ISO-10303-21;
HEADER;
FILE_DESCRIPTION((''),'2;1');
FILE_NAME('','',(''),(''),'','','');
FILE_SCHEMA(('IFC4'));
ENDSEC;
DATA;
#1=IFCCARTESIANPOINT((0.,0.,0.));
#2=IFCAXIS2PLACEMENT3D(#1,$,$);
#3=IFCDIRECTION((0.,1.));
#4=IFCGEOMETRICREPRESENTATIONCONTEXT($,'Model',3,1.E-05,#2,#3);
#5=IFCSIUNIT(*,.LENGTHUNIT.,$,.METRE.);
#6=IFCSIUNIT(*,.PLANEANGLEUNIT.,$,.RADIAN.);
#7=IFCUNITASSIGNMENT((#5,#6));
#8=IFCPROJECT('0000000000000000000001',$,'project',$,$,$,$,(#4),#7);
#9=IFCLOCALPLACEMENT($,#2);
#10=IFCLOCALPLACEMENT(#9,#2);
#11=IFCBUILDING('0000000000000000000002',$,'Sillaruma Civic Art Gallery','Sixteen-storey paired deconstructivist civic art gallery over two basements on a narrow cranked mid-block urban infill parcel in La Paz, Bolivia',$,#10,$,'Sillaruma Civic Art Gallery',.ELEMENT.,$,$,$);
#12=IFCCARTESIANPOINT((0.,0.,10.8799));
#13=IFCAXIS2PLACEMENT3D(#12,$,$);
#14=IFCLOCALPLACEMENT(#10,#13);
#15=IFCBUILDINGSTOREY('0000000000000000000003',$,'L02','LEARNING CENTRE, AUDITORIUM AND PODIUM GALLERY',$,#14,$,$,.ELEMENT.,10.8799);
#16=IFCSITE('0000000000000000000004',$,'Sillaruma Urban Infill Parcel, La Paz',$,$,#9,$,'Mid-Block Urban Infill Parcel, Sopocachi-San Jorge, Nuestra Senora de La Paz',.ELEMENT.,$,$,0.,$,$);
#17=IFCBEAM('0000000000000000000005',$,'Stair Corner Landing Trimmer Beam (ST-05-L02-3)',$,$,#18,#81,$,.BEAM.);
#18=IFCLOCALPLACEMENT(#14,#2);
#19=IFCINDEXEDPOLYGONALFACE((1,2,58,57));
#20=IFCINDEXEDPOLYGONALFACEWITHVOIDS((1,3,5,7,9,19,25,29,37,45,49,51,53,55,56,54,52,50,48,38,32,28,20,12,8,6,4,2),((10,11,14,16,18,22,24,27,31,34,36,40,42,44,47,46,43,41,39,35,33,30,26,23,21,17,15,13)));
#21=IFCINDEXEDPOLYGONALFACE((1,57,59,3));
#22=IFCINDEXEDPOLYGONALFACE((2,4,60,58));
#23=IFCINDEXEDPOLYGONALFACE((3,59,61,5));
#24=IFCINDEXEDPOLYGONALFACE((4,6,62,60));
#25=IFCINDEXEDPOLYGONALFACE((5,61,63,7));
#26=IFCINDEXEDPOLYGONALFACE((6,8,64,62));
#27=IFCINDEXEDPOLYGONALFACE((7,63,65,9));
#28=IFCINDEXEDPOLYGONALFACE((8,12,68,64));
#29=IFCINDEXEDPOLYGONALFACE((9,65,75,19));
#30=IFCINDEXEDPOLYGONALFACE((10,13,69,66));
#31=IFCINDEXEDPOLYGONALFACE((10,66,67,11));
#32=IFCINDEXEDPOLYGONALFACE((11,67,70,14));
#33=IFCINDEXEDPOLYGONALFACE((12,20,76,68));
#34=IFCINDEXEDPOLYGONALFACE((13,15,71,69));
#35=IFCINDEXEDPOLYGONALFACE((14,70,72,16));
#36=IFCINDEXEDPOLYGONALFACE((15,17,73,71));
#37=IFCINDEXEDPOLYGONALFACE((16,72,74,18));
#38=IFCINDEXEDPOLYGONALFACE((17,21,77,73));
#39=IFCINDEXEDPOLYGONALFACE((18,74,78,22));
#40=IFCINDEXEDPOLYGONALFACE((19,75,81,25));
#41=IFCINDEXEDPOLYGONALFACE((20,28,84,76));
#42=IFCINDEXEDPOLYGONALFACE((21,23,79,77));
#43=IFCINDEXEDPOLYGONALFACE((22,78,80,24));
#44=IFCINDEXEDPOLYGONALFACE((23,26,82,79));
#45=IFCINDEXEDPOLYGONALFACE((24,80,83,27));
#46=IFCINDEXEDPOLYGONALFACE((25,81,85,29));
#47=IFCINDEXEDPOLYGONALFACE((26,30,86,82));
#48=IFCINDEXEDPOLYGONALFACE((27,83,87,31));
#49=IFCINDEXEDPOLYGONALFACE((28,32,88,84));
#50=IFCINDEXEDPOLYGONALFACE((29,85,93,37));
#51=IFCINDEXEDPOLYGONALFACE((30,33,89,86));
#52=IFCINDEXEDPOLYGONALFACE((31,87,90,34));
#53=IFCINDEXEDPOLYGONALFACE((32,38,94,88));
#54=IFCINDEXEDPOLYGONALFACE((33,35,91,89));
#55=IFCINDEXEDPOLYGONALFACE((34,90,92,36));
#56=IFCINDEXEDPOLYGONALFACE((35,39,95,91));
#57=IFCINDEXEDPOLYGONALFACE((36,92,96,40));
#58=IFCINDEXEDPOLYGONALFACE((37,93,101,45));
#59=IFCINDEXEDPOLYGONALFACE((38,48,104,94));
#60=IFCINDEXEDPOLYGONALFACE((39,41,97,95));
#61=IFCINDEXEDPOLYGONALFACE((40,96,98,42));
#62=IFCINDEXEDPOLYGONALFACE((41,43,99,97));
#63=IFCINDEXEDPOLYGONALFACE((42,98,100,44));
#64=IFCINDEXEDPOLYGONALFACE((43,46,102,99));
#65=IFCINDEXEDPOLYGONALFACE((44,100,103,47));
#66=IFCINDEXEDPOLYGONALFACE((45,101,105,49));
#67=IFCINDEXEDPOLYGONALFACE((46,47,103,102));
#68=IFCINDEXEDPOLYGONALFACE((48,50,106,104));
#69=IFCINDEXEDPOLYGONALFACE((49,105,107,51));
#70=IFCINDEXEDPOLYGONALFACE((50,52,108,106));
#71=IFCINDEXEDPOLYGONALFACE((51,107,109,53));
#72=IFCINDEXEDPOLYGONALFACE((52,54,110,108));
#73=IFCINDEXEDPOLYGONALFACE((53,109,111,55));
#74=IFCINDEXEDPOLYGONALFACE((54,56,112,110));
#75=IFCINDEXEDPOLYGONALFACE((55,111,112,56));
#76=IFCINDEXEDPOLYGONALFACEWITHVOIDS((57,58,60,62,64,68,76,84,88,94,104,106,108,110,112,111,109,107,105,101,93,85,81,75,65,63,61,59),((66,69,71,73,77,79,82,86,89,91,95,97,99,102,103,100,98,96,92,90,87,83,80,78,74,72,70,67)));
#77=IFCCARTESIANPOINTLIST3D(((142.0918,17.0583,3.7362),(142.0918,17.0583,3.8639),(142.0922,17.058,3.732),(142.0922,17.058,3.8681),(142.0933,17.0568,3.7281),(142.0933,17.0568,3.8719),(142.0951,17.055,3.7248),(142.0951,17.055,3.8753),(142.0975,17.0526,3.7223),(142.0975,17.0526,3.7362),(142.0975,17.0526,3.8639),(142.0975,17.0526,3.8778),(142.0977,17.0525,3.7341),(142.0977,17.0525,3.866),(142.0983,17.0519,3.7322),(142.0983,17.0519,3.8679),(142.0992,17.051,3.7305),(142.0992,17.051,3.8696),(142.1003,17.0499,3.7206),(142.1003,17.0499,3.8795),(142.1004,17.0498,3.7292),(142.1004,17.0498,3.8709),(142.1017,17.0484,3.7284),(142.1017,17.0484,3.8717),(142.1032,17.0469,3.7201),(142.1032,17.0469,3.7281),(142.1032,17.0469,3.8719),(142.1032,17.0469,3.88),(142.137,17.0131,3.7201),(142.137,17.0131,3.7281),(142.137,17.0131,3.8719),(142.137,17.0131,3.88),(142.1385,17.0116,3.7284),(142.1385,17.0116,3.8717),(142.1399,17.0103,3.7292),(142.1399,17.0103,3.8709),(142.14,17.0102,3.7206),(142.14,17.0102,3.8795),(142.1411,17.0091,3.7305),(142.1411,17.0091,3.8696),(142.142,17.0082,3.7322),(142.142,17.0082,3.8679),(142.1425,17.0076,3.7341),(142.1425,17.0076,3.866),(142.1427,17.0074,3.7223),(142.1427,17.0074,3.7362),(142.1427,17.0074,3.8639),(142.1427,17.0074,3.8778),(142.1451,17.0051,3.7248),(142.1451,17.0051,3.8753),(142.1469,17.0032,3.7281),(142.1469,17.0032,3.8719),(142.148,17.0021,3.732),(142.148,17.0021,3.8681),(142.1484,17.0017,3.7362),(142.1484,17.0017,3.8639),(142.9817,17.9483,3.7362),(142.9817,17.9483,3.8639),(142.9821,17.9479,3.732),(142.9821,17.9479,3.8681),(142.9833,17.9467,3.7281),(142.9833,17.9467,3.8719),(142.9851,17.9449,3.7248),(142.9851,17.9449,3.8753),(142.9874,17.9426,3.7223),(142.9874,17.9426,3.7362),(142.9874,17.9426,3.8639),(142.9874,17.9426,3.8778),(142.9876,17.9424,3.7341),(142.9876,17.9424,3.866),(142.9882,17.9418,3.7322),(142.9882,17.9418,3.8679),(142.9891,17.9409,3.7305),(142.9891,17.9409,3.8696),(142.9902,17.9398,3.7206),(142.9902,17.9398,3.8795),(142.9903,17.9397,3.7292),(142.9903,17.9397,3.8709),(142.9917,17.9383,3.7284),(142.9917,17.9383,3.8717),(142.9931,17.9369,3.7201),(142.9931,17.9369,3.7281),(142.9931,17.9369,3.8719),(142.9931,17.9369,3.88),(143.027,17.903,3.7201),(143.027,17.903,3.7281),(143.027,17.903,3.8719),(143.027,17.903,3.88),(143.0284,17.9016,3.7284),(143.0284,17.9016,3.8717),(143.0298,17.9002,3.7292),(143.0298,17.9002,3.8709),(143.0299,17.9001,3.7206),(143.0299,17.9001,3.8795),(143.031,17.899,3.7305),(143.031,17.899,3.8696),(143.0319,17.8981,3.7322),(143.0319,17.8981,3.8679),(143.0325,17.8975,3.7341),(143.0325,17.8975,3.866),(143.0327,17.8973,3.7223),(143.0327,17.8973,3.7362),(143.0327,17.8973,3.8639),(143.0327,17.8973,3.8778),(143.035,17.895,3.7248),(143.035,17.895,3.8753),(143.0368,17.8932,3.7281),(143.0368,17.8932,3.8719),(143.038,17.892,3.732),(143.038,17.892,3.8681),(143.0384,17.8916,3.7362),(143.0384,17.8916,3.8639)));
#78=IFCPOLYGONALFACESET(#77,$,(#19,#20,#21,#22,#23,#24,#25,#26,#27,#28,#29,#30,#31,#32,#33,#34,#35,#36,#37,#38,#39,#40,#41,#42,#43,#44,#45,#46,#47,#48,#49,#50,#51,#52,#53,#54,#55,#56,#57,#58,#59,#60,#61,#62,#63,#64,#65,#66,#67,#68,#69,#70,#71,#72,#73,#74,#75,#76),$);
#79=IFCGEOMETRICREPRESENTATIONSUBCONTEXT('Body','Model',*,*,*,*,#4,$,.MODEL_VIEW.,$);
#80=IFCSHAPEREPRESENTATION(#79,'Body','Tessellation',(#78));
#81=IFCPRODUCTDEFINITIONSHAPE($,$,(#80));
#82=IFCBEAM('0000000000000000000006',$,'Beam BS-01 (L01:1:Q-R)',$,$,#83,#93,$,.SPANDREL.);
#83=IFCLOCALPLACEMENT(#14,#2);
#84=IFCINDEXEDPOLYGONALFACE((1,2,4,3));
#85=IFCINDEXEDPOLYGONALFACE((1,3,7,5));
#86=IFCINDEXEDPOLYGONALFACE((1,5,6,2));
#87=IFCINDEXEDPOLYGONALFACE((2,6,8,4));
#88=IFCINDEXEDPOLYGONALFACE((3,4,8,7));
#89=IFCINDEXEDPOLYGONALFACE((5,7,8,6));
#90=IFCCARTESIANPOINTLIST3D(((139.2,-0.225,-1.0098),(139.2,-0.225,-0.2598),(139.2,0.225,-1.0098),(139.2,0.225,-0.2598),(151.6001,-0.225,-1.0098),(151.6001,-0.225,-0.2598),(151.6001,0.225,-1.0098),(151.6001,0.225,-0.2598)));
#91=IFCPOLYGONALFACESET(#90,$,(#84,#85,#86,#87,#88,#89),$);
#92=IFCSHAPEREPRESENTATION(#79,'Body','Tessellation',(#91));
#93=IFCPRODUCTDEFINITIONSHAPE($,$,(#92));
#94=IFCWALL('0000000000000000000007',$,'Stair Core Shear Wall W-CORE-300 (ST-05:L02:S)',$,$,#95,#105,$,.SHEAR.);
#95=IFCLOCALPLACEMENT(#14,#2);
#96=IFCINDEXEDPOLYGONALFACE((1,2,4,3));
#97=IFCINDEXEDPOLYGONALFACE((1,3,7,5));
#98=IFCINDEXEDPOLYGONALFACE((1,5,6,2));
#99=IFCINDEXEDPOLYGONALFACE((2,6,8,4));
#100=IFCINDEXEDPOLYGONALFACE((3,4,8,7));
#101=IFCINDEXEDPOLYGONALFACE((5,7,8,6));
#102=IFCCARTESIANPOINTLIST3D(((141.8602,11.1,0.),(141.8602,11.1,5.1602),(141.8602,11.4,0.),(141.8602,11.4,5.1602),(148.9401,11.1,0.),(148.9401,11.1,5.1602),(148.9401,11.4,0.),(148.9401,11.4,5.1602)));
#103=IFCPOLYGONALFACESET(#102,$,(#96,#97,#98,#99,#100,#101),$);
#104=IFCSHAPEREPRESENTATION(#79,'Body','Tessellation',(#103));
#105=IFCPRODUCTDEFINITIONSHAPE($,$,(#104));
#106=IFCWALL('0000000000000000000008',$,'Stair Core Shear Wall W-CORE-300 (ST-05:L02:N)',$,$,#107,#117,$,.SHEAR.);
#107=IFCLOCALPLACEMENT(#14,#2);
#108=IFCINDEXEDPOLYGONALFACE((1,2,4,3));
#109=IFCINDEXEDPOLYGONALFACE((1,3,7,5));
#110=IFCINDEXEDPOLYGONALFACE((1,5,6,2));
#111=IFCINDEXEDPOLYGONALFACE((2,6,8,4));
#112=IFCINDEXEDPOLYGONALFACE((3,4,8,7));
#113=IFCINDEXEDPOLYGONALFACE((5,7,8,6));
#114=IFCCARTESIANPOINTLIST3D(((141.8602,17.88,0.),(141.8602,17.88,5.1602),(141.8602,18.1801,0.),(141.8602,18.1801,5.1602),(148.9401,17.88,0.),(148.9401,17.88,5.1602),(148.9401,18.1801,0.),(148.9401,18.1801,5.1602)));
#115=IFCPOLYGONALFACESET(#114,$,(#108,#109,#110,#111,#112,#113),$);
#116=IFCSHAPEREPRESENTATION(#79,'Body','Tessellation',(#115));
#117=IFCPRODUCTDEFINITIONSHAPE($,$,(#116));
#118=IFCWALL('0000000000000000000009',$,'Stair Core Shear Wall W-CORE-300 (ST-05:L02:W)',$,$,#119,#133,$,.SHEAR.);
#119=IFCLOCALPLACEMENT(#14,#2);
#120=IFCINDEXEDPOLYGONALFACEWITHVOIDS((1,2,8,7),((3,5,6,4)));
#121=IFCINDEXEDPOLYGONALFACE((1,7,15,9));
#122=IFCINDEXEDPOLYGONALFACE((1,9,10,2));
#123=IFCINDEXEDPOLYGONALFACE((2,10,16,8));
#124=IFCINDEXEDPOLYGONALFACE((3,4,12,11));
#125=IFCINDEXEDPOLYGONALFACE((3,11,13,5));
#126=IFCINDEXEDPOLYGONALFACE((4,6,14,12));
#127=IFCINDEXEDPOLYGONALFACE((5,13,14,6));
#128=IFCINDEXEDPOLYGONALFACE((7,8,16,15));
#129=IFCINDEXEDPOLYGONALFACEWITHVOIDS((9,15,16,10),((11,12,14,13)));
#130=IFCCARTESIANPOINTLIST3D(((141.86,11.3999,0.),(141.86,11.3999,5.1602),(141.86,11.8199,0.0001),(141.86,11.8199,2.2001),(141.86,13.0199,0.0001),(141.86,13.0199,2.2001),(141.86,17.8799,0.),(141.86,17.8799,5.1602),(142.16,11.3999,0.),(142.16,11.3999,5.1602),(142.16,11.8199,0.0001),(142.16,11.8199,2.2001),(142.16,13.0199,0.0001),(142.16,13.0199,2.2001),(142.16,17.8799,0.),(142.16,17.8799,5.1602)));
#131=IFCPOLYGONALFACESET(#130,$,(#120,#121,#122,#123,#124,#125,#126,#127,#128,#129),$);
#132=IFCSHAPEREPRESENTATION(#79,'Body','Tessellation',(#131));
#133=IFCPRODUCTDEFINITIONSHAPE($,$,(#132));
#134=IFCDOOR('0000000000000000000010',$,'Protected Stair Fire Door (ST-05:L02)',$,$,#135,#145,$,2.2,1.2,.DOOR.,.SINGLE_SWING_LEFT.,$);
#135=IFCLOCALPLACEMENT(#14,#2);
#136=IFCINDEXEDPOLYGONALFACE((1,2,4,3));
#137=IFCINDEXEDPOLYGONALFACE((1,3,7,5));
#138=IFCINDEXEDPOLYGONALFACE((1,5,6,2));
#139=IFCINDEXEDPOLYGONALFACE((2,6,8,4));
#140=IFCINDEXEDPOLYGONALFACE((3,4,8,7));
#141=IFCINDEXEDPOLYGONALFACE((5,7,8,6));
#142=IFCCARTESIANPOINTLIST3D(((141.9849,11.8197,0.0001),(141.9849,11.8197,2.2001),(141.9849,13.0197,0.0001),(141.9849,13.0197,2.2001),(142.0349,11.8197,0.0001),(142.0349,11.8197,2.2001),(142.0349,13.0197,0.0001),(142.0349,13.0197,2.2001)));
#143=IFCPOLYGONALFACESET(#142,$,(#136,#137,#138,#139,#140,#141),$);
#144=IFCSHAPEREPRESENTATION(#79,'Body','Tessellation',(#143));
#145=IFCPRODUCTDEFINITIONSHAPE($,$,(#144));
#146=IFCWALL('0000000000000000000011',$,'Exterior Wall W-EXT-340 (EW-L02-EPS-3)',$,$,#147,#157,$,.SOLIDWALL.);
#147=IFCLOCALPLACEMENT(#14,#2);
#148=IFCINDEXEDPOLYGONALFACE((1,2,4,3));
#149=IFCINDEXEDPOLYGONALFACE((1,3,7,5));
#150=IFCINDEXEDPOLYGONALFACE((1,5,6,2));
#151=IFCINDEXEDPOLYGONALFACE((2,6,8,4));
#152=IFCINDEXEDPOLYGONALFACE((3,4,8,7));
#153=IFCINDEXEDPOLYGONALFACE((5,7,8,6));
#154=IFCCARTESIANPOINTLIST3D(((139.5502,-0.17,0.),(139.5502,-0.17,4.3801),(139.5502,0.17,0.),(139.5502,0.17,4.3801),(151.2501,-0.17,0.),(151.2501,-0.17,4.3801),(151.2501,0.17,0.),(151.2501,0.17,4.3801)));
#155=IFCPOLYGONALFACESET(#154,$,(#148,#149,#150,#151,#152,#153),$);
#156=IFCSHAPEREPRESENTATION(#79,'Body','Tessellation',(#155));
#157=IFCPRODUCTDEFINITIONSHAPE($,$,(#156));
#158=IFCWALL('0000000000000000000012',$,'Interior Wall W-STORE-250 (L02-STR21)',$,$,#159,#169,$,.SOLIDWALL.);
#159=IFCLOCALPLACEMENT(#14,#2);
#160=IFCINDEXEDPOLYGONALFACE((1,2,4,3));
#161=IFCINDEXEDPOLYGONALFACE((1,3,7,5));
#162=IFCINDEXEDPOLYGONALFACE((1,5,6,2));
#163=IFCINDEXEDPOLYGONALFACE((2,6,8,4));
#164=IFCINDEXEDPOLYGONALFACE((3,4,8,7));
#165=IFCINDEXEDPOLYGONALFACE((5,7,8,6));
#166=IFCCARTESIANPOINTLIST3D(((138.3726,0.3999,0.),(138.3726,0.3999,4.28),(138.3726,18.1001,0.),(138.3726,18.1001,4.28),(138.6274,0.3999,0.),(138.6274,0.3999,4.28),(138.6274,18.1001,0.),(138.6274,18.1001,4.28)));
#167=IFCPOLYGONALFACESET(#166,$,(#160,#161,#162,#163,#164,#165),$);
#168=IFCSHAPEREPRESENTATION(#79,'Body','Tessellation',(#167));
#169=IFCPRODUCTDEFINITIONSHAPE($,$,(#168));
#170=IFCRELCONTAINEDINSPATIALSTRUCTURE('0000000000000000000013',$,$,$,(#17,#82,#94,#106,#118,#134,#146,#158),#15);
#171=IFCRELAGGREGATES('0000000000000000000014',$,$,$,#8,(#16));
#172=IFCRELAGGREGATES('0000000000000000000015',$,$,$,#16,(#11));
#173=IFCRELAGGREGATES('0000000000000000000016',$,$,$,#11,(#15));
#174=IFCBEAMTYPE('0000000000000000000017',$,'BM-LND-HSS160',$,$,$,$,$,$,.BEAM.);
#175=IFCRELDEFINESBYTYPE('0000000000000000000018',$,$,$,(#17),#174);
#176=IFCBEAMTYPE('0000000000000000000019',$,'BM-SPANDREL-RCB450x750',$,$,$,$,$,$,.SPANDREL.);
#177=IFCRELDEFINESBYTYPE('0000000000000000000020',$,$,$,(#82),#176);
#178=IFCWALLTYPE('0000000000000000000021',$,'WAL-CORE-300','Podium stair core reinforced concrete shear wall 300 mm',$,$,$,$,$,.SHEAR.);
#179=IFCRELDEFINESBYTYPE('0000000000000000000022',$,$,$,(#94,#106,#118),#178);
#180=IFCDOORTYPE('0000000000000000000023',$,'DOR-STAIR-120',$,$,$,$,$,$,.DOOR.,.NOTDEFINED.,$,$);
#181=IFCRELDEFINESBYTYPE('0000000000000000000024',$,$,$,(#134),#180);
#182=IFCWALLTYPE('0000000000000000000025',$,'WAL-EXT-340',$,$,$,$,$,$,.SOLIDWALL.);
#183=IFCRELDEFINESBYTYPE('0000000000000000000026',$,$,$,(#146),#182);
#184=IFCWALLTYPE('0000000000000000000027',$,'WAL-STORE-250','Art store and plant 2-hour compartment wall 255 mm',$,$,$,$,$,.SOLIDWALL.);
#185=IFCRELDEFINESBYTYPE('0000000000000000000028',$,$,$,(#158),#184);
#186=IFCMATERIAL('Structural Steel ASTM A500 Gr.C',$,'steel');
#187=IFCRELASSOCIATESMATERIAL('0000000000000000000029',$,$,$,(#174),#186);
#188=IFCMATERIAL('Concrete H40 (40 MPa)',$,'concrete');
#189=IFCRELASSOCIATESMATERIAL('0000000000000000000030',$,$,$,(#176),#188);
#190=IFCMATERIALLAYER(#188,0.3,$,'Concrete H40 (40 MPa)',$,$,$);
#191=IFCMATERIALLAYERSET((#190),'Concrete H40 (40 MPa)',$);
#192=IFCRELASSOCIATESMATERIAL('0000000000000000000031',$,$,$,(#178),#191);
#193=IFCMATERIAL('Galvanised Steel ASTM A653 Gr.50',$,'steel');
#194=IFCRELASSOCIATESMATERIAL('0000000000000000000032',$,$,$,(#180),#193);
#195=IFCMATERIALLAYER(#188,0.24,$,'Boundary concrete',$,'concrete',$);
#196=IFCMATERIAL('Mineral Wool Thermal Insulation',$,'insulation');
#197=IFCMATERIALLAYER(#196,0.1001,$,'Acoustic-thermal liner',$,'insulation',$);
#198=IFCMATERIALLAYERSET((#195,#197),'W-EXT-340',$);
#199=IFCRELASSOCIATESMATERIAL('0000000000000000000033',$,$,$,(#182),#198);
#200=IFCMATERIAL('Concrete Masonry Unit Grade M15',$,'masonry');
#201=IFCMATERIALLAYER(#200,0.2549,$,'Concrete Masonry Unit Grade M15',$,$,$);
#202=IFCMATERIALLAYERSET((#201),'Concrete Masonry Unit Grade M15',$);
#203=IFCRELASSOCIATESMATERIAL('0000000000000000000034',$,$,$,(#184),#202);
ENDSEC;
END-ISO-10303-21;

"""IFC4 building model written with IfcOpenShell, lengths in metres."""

from ifc_helpers import new_model, si_unit, direction, frame, frame_2d, origin, origin_2d, place, context, subcontext, project, spatial, rectangle, hollow_rectangle, extrude, material, layer, layer_set, material_profile, profile_set, type_object, element, fill, save


model = new_model("IFC4")

# Units and contexts
model_context = context("Model", 3, precision=1e-05, world=origin(), true_north=direction((0.0, 1.0)))
body_context = subcontext(model_context, "Body", "Model", "MODEL_VIEW")
ifc_project = project(units=[si_unit("LENGTHUNIT", "METRE"), si_unit("PLANEANGLEUNIT", "RADIAN")], contexts=[model_context])

# Site, building, storey
site_placement = place(None, origin())
site = spatial("IfcSite", under=ifc_project, at=site_placement, Name="Sillaruma Urban Infill Parcel, La Paz", LongName="Mid-Block Urban Infill Parcel, Sopocachi-San Jorge, Nuestra Senora de La Paz", CompositionType="ELEMENT", RefElevation=0.0)
building_placement = place(site_placement, origin())
building = spatial("IfcBuilding", under=site, at=building_placement, Name="Sillaruma Civic Art Gallery", Description="Sixteen-storey paired deconstructivist civic art gallery over two basements on a narrow cranked mid-block urban infill parcel in La Paz, Bolivia", LongName="Sillaruma Civic Art Gallery", CompositionType="ELEMENT")
storey_placement = place(building_placement, frame((0.0, 0.0, 10.8799)))
storey = spatial("IfcBuildingStorey", under=building, at=storey_placement, Name="L02", Description="LEARNING CENTRE, AUDITORIUM AND PODIUM GALLERY", CompositionType="ELEMENT", Elevation=10.8799)

# Shared definitions
ifc_material_1 = material(Name="Concrete H40 (40 MPa)", Category="concrete")

# Beams
ifc_material_2 = material(Name="Structural Steel ASTM A500 Gr.C", Category="steel")
ifc_material_profile_1 = material_profile(ifc_material_2, hollow_rectangle(XDim=0.0801, YDim=0.1599, WallThickness=0.0081, InnerFilletRadius=0.0081, OuterFilletRadius=0.0161, at=origin_2d()), Name="HSS160x80x8")
ifc_profile_set_1 = profile_set([ifc_material_profile_1], Name="Structural Steel ASTM A500 Gr.C")
beam_type_1 = type_object("IfcBeamType", Name="BM-LND-HSS160", PredefinedType="BEAM", material=ifc_profile_set_1)
beam_1_placement = place(storey_placement, frame((142.1201, 17.03, 3.8), z_axis=(0.707107, 0.707107, 0.0), x_axis=(-0.707107, 0.707107, 0.0)))
element("IfcBeam", 1, at=beam_1_placement, inside=storey, type_object=beam_type_1, Name="Stair Corner Landing Trimmer Beam (ST-05-L02-3)", PredefinedType="BEAM", context=body_context, shape_type="SweptSolid", body=[
    extrude(hollow_rectangle(XDim=0.0801, YDim=0.1599, WallThickness=0.0081, InnerFilletRadius=0.0081, OuterFilletRadius=0.0161, at=origin_2d()), origin(), (0.0, 0.0, 1.0), 1.2585),
])
ifc_material_profile_2 = material_profile(ifc_material_1, rectangle(XDim=0.45, YDim=0.75, at=origin_2d()), Name="RCB450x750")
ifc_profile_set_2 = profile_set([ifc_material_profile_2], Name="Concrete H40 (40 MPa)")
beam_type_2 = type_object("IfcBeamType", Name="BM-SPANDREL-RCB450x750", PredefinedType="SPANDREL", material=ifc_profile_set_2)
beam_2_placement = place(storey_placement, frame((139.2, 0.0, -0.6348), z_axis=(1.0, 0.0, 0.0), x_axis=(0.0, 1.0, 0.0)))
element("IfcBeam", 2, at=beam_2_placement, inside=storey, type_object=beam_type_2, Name="Beam BS-01 (L01:1:Q-R)", PredefinedType="SPANDREL", context=body_context, shape_type="SweptSolid", body=[
    extrude(rectangle(XDim=0.45, YDim=0.75, at=origin_2d()), origin(), (0.0, 0.0, 1.0), 12.4001),
])

# Walls
ifc_layer_1 = layer(ifc_material_1, 0.3, Name="Concrete H40 (40 MPa)")
ifc_layer_set_1 = layer_set([ifc_layer_1], Name="Concrete H40 (40 MPa)")
wall_type_1 = type_object("IfcWallType", Name="WAL-CORE-300", Description="Podium stair core reinforced concrete shear wall 300 mm", PredefinedType="SHEAR", material=ifc_layer_set_1)
for number, where, z_axis, x_axis, name in (
    (3, (141.8601, 11.25, 0.0), (0.0, 0.0, 1.0), (1.0, 0.0, 0.0), "Stair Core Shear Wall W-CORE-300 (ST-05:L02:S)"),
    (4, (141.8601, 18.03, 0.0), (0.0, 0.0, 1.0), (1.0, 0.0, 0.0), "Stair Core Shear Wall W-CORE-300 (ST-05:L02:N)"),
):
    element("IfcWall", number, at=place(storey_placement, frame(where, z_axis=z_axis, x_axis=x_axis)), inside=storey, type_object=wall_type_1, Name=name, PredefinedType="SHEAR", context=body_context, shape_type="SweptSolid", body=[
        extrude(rectangle(XDim=7.0798, YDim=0.3, at=frame_2d((3.54, 0.0))), origin(), (0.0, 0.0, 1.0), 5.1602),
    ])

# Wall, opening, door
wall_1_placement = place(storey_placement, frame((142.01, 11.3999, 0.0), z_axis=(0.0, 0.0, 1.0), x_axis=(0.0, 1.0, 0.0)))
wall_1 = element("IfcWall", 5, at=wall_1_placement, inside=storey, type_object=wall_type_1, Name="Stair Core Shear Wall W-CORE-300 (ST-05:L02:W)", PredefinedType="SHEAR", context=body_context, shape_type="SweptSolid", body=[
    extrude(rectangle(XDim=6.48, YDim=0.3, at=frame_2d((3.24, 0.0))), origin(), (0.0, 0.0, 1.0), 5.1602),
])
opening_placement = place(wall_1_placement, frame((0.4199, 0.0, 0.0)))
opening = element("IfcOpeningElement", 6, at=opening_placement, cuts=wall_1, PredefinedType="OPENING", context=body_context, shape_type="SweptSolid", body=[
    extrude(rectangle(XDim=1.2, YDim=2.2, at=frame_2d((0.6001, 1.1001))), frame((0.0, 0.1599, 0.0), z_axis=(0.0, -1.0, 0.0), x_axis=(1.0, 0.0, 0.0)), (0.0, 0.0, 1.0), 0.3201),
])
ifc_material_3 = material(Name="Galvanised Steel ASTM A653 Gr.50", Category="steel")
door_type = type_object("IfcDoorType", Name="DOR-STAIR-120", OperationType="NOTDEFINED", PredefinedType="DOOR", material=ifc_material_3)
door_placement = place(opening_placement, frame((1.2, 0.0, 0.0), z_axis=(0.0, 0.0, 1.0), x_axis=(-1.0, 0.0, 0.0)))
door = element("IfcDoor", 7, at=door_placement, inside=storey, type_object=door_type, Name="Protected Stair Fire Door (ST-05:L02)", OperationType="SINGLE_SWING_LEFT", OverallHeight=2.2, OverallWidth=1.2, PredefinedType="DOOR", context=body_context, shape_type="SweptSolid", body=[
    extrude(rectangle(XDim=1.2, YDim=2.2, at=frame_2d((0.6001, 1.1001))), frame((0.0, 0.0249, 0.0), z_axis=(0.0, -1.0, 0.0), x_axis=(1.0, 0.0, 0.0)), (0.0, 0.0, 1.0), 0.05),
])
fill(opening, door)

# Walls
ifc_layer_2 = layer(ifc_material_1, 0.24, Name="Boundary concrete", Category="concrete")
ifc_material_4 = material(Name="Mineral Wool Thermal Insulation", Category="insulation")
ifc_layer_3 = layer(ifc_material_4, 0.1001, Name="Acoustic-thermal liner", Category="insulation")
ifc_layer_set_2 = layer_set([ifc_layer_2, ifc_layer_3], Name="W-EXT-340")
wall_type_2 = type_object("IfcWallType", Name="WAL-EXT-340", PredefinedType="SOLIDWALL", material=ifc_layer_set_2)
wall_2_placement = place(storey_placement, frame((139.55, 0.0, 0.0), z_axis=(0.0, 0.0, 1.0), x_axis=(1.0, 0.0, 0.0)))
element("IfcWall", 8, at=wall_2_placement, inside=storey, type_object=wall_type_2, Name="Exterior Wall W-EXT-340 (EW-L02-EPS-3)", PredefinedType="SOLIDWALL", context=body_context, shape_type="SweptSolid", body=[
    extrude(rectangle(XDim=11.7, YDim=0.3401, at=frame_2d((5.8501, 0.0))), origin(), (0.0, 0.0, 1.0), 4.3801),
])
ifc_material_5 = material(Name="Concrete Masonry Unit Grade M15", Category="masonry")
ifc_layer_4 = layer(ifc_material_5, 0.2549, Name="Concrete Masonry Unit Grade M15")
ifc_layer_set_3 = layer_set([ifc_layer_4], Name="Concrete Masonry Unit Grade M15")
wall_type_3 = type_object("IfcWallType", Name="WAL-STORE-250", Description="Art store and plant 2-hour compartment wall 255 mm", PredefinedType="SOLIDWALL", material=ifc_layer_set_3)
wall_3_placement = place(storey_placement, frame((138.5, 0.3999, 0.0), z_axis=(0.0, 0.0, 1.0), x_axis=(0.0, 1.0, 0.0)))
element("IfcWall", 9, at=wall_3_placement, inside=storey, type_object=wall_type_3, Name="Interior Wall W-STORE-250 (L02-STR21)", PredefinedType="SOLIDWALL", context=body_context, shape_type="SweptSolid", body=[
    extrude(rectangle(XDim=17.7002, YDim=0.2549, at=frame_2d((8.8501, 0.0))), origin(), (0.0, 0.0, 1.0), 4.28),
])

save(model, "model.ifc")
